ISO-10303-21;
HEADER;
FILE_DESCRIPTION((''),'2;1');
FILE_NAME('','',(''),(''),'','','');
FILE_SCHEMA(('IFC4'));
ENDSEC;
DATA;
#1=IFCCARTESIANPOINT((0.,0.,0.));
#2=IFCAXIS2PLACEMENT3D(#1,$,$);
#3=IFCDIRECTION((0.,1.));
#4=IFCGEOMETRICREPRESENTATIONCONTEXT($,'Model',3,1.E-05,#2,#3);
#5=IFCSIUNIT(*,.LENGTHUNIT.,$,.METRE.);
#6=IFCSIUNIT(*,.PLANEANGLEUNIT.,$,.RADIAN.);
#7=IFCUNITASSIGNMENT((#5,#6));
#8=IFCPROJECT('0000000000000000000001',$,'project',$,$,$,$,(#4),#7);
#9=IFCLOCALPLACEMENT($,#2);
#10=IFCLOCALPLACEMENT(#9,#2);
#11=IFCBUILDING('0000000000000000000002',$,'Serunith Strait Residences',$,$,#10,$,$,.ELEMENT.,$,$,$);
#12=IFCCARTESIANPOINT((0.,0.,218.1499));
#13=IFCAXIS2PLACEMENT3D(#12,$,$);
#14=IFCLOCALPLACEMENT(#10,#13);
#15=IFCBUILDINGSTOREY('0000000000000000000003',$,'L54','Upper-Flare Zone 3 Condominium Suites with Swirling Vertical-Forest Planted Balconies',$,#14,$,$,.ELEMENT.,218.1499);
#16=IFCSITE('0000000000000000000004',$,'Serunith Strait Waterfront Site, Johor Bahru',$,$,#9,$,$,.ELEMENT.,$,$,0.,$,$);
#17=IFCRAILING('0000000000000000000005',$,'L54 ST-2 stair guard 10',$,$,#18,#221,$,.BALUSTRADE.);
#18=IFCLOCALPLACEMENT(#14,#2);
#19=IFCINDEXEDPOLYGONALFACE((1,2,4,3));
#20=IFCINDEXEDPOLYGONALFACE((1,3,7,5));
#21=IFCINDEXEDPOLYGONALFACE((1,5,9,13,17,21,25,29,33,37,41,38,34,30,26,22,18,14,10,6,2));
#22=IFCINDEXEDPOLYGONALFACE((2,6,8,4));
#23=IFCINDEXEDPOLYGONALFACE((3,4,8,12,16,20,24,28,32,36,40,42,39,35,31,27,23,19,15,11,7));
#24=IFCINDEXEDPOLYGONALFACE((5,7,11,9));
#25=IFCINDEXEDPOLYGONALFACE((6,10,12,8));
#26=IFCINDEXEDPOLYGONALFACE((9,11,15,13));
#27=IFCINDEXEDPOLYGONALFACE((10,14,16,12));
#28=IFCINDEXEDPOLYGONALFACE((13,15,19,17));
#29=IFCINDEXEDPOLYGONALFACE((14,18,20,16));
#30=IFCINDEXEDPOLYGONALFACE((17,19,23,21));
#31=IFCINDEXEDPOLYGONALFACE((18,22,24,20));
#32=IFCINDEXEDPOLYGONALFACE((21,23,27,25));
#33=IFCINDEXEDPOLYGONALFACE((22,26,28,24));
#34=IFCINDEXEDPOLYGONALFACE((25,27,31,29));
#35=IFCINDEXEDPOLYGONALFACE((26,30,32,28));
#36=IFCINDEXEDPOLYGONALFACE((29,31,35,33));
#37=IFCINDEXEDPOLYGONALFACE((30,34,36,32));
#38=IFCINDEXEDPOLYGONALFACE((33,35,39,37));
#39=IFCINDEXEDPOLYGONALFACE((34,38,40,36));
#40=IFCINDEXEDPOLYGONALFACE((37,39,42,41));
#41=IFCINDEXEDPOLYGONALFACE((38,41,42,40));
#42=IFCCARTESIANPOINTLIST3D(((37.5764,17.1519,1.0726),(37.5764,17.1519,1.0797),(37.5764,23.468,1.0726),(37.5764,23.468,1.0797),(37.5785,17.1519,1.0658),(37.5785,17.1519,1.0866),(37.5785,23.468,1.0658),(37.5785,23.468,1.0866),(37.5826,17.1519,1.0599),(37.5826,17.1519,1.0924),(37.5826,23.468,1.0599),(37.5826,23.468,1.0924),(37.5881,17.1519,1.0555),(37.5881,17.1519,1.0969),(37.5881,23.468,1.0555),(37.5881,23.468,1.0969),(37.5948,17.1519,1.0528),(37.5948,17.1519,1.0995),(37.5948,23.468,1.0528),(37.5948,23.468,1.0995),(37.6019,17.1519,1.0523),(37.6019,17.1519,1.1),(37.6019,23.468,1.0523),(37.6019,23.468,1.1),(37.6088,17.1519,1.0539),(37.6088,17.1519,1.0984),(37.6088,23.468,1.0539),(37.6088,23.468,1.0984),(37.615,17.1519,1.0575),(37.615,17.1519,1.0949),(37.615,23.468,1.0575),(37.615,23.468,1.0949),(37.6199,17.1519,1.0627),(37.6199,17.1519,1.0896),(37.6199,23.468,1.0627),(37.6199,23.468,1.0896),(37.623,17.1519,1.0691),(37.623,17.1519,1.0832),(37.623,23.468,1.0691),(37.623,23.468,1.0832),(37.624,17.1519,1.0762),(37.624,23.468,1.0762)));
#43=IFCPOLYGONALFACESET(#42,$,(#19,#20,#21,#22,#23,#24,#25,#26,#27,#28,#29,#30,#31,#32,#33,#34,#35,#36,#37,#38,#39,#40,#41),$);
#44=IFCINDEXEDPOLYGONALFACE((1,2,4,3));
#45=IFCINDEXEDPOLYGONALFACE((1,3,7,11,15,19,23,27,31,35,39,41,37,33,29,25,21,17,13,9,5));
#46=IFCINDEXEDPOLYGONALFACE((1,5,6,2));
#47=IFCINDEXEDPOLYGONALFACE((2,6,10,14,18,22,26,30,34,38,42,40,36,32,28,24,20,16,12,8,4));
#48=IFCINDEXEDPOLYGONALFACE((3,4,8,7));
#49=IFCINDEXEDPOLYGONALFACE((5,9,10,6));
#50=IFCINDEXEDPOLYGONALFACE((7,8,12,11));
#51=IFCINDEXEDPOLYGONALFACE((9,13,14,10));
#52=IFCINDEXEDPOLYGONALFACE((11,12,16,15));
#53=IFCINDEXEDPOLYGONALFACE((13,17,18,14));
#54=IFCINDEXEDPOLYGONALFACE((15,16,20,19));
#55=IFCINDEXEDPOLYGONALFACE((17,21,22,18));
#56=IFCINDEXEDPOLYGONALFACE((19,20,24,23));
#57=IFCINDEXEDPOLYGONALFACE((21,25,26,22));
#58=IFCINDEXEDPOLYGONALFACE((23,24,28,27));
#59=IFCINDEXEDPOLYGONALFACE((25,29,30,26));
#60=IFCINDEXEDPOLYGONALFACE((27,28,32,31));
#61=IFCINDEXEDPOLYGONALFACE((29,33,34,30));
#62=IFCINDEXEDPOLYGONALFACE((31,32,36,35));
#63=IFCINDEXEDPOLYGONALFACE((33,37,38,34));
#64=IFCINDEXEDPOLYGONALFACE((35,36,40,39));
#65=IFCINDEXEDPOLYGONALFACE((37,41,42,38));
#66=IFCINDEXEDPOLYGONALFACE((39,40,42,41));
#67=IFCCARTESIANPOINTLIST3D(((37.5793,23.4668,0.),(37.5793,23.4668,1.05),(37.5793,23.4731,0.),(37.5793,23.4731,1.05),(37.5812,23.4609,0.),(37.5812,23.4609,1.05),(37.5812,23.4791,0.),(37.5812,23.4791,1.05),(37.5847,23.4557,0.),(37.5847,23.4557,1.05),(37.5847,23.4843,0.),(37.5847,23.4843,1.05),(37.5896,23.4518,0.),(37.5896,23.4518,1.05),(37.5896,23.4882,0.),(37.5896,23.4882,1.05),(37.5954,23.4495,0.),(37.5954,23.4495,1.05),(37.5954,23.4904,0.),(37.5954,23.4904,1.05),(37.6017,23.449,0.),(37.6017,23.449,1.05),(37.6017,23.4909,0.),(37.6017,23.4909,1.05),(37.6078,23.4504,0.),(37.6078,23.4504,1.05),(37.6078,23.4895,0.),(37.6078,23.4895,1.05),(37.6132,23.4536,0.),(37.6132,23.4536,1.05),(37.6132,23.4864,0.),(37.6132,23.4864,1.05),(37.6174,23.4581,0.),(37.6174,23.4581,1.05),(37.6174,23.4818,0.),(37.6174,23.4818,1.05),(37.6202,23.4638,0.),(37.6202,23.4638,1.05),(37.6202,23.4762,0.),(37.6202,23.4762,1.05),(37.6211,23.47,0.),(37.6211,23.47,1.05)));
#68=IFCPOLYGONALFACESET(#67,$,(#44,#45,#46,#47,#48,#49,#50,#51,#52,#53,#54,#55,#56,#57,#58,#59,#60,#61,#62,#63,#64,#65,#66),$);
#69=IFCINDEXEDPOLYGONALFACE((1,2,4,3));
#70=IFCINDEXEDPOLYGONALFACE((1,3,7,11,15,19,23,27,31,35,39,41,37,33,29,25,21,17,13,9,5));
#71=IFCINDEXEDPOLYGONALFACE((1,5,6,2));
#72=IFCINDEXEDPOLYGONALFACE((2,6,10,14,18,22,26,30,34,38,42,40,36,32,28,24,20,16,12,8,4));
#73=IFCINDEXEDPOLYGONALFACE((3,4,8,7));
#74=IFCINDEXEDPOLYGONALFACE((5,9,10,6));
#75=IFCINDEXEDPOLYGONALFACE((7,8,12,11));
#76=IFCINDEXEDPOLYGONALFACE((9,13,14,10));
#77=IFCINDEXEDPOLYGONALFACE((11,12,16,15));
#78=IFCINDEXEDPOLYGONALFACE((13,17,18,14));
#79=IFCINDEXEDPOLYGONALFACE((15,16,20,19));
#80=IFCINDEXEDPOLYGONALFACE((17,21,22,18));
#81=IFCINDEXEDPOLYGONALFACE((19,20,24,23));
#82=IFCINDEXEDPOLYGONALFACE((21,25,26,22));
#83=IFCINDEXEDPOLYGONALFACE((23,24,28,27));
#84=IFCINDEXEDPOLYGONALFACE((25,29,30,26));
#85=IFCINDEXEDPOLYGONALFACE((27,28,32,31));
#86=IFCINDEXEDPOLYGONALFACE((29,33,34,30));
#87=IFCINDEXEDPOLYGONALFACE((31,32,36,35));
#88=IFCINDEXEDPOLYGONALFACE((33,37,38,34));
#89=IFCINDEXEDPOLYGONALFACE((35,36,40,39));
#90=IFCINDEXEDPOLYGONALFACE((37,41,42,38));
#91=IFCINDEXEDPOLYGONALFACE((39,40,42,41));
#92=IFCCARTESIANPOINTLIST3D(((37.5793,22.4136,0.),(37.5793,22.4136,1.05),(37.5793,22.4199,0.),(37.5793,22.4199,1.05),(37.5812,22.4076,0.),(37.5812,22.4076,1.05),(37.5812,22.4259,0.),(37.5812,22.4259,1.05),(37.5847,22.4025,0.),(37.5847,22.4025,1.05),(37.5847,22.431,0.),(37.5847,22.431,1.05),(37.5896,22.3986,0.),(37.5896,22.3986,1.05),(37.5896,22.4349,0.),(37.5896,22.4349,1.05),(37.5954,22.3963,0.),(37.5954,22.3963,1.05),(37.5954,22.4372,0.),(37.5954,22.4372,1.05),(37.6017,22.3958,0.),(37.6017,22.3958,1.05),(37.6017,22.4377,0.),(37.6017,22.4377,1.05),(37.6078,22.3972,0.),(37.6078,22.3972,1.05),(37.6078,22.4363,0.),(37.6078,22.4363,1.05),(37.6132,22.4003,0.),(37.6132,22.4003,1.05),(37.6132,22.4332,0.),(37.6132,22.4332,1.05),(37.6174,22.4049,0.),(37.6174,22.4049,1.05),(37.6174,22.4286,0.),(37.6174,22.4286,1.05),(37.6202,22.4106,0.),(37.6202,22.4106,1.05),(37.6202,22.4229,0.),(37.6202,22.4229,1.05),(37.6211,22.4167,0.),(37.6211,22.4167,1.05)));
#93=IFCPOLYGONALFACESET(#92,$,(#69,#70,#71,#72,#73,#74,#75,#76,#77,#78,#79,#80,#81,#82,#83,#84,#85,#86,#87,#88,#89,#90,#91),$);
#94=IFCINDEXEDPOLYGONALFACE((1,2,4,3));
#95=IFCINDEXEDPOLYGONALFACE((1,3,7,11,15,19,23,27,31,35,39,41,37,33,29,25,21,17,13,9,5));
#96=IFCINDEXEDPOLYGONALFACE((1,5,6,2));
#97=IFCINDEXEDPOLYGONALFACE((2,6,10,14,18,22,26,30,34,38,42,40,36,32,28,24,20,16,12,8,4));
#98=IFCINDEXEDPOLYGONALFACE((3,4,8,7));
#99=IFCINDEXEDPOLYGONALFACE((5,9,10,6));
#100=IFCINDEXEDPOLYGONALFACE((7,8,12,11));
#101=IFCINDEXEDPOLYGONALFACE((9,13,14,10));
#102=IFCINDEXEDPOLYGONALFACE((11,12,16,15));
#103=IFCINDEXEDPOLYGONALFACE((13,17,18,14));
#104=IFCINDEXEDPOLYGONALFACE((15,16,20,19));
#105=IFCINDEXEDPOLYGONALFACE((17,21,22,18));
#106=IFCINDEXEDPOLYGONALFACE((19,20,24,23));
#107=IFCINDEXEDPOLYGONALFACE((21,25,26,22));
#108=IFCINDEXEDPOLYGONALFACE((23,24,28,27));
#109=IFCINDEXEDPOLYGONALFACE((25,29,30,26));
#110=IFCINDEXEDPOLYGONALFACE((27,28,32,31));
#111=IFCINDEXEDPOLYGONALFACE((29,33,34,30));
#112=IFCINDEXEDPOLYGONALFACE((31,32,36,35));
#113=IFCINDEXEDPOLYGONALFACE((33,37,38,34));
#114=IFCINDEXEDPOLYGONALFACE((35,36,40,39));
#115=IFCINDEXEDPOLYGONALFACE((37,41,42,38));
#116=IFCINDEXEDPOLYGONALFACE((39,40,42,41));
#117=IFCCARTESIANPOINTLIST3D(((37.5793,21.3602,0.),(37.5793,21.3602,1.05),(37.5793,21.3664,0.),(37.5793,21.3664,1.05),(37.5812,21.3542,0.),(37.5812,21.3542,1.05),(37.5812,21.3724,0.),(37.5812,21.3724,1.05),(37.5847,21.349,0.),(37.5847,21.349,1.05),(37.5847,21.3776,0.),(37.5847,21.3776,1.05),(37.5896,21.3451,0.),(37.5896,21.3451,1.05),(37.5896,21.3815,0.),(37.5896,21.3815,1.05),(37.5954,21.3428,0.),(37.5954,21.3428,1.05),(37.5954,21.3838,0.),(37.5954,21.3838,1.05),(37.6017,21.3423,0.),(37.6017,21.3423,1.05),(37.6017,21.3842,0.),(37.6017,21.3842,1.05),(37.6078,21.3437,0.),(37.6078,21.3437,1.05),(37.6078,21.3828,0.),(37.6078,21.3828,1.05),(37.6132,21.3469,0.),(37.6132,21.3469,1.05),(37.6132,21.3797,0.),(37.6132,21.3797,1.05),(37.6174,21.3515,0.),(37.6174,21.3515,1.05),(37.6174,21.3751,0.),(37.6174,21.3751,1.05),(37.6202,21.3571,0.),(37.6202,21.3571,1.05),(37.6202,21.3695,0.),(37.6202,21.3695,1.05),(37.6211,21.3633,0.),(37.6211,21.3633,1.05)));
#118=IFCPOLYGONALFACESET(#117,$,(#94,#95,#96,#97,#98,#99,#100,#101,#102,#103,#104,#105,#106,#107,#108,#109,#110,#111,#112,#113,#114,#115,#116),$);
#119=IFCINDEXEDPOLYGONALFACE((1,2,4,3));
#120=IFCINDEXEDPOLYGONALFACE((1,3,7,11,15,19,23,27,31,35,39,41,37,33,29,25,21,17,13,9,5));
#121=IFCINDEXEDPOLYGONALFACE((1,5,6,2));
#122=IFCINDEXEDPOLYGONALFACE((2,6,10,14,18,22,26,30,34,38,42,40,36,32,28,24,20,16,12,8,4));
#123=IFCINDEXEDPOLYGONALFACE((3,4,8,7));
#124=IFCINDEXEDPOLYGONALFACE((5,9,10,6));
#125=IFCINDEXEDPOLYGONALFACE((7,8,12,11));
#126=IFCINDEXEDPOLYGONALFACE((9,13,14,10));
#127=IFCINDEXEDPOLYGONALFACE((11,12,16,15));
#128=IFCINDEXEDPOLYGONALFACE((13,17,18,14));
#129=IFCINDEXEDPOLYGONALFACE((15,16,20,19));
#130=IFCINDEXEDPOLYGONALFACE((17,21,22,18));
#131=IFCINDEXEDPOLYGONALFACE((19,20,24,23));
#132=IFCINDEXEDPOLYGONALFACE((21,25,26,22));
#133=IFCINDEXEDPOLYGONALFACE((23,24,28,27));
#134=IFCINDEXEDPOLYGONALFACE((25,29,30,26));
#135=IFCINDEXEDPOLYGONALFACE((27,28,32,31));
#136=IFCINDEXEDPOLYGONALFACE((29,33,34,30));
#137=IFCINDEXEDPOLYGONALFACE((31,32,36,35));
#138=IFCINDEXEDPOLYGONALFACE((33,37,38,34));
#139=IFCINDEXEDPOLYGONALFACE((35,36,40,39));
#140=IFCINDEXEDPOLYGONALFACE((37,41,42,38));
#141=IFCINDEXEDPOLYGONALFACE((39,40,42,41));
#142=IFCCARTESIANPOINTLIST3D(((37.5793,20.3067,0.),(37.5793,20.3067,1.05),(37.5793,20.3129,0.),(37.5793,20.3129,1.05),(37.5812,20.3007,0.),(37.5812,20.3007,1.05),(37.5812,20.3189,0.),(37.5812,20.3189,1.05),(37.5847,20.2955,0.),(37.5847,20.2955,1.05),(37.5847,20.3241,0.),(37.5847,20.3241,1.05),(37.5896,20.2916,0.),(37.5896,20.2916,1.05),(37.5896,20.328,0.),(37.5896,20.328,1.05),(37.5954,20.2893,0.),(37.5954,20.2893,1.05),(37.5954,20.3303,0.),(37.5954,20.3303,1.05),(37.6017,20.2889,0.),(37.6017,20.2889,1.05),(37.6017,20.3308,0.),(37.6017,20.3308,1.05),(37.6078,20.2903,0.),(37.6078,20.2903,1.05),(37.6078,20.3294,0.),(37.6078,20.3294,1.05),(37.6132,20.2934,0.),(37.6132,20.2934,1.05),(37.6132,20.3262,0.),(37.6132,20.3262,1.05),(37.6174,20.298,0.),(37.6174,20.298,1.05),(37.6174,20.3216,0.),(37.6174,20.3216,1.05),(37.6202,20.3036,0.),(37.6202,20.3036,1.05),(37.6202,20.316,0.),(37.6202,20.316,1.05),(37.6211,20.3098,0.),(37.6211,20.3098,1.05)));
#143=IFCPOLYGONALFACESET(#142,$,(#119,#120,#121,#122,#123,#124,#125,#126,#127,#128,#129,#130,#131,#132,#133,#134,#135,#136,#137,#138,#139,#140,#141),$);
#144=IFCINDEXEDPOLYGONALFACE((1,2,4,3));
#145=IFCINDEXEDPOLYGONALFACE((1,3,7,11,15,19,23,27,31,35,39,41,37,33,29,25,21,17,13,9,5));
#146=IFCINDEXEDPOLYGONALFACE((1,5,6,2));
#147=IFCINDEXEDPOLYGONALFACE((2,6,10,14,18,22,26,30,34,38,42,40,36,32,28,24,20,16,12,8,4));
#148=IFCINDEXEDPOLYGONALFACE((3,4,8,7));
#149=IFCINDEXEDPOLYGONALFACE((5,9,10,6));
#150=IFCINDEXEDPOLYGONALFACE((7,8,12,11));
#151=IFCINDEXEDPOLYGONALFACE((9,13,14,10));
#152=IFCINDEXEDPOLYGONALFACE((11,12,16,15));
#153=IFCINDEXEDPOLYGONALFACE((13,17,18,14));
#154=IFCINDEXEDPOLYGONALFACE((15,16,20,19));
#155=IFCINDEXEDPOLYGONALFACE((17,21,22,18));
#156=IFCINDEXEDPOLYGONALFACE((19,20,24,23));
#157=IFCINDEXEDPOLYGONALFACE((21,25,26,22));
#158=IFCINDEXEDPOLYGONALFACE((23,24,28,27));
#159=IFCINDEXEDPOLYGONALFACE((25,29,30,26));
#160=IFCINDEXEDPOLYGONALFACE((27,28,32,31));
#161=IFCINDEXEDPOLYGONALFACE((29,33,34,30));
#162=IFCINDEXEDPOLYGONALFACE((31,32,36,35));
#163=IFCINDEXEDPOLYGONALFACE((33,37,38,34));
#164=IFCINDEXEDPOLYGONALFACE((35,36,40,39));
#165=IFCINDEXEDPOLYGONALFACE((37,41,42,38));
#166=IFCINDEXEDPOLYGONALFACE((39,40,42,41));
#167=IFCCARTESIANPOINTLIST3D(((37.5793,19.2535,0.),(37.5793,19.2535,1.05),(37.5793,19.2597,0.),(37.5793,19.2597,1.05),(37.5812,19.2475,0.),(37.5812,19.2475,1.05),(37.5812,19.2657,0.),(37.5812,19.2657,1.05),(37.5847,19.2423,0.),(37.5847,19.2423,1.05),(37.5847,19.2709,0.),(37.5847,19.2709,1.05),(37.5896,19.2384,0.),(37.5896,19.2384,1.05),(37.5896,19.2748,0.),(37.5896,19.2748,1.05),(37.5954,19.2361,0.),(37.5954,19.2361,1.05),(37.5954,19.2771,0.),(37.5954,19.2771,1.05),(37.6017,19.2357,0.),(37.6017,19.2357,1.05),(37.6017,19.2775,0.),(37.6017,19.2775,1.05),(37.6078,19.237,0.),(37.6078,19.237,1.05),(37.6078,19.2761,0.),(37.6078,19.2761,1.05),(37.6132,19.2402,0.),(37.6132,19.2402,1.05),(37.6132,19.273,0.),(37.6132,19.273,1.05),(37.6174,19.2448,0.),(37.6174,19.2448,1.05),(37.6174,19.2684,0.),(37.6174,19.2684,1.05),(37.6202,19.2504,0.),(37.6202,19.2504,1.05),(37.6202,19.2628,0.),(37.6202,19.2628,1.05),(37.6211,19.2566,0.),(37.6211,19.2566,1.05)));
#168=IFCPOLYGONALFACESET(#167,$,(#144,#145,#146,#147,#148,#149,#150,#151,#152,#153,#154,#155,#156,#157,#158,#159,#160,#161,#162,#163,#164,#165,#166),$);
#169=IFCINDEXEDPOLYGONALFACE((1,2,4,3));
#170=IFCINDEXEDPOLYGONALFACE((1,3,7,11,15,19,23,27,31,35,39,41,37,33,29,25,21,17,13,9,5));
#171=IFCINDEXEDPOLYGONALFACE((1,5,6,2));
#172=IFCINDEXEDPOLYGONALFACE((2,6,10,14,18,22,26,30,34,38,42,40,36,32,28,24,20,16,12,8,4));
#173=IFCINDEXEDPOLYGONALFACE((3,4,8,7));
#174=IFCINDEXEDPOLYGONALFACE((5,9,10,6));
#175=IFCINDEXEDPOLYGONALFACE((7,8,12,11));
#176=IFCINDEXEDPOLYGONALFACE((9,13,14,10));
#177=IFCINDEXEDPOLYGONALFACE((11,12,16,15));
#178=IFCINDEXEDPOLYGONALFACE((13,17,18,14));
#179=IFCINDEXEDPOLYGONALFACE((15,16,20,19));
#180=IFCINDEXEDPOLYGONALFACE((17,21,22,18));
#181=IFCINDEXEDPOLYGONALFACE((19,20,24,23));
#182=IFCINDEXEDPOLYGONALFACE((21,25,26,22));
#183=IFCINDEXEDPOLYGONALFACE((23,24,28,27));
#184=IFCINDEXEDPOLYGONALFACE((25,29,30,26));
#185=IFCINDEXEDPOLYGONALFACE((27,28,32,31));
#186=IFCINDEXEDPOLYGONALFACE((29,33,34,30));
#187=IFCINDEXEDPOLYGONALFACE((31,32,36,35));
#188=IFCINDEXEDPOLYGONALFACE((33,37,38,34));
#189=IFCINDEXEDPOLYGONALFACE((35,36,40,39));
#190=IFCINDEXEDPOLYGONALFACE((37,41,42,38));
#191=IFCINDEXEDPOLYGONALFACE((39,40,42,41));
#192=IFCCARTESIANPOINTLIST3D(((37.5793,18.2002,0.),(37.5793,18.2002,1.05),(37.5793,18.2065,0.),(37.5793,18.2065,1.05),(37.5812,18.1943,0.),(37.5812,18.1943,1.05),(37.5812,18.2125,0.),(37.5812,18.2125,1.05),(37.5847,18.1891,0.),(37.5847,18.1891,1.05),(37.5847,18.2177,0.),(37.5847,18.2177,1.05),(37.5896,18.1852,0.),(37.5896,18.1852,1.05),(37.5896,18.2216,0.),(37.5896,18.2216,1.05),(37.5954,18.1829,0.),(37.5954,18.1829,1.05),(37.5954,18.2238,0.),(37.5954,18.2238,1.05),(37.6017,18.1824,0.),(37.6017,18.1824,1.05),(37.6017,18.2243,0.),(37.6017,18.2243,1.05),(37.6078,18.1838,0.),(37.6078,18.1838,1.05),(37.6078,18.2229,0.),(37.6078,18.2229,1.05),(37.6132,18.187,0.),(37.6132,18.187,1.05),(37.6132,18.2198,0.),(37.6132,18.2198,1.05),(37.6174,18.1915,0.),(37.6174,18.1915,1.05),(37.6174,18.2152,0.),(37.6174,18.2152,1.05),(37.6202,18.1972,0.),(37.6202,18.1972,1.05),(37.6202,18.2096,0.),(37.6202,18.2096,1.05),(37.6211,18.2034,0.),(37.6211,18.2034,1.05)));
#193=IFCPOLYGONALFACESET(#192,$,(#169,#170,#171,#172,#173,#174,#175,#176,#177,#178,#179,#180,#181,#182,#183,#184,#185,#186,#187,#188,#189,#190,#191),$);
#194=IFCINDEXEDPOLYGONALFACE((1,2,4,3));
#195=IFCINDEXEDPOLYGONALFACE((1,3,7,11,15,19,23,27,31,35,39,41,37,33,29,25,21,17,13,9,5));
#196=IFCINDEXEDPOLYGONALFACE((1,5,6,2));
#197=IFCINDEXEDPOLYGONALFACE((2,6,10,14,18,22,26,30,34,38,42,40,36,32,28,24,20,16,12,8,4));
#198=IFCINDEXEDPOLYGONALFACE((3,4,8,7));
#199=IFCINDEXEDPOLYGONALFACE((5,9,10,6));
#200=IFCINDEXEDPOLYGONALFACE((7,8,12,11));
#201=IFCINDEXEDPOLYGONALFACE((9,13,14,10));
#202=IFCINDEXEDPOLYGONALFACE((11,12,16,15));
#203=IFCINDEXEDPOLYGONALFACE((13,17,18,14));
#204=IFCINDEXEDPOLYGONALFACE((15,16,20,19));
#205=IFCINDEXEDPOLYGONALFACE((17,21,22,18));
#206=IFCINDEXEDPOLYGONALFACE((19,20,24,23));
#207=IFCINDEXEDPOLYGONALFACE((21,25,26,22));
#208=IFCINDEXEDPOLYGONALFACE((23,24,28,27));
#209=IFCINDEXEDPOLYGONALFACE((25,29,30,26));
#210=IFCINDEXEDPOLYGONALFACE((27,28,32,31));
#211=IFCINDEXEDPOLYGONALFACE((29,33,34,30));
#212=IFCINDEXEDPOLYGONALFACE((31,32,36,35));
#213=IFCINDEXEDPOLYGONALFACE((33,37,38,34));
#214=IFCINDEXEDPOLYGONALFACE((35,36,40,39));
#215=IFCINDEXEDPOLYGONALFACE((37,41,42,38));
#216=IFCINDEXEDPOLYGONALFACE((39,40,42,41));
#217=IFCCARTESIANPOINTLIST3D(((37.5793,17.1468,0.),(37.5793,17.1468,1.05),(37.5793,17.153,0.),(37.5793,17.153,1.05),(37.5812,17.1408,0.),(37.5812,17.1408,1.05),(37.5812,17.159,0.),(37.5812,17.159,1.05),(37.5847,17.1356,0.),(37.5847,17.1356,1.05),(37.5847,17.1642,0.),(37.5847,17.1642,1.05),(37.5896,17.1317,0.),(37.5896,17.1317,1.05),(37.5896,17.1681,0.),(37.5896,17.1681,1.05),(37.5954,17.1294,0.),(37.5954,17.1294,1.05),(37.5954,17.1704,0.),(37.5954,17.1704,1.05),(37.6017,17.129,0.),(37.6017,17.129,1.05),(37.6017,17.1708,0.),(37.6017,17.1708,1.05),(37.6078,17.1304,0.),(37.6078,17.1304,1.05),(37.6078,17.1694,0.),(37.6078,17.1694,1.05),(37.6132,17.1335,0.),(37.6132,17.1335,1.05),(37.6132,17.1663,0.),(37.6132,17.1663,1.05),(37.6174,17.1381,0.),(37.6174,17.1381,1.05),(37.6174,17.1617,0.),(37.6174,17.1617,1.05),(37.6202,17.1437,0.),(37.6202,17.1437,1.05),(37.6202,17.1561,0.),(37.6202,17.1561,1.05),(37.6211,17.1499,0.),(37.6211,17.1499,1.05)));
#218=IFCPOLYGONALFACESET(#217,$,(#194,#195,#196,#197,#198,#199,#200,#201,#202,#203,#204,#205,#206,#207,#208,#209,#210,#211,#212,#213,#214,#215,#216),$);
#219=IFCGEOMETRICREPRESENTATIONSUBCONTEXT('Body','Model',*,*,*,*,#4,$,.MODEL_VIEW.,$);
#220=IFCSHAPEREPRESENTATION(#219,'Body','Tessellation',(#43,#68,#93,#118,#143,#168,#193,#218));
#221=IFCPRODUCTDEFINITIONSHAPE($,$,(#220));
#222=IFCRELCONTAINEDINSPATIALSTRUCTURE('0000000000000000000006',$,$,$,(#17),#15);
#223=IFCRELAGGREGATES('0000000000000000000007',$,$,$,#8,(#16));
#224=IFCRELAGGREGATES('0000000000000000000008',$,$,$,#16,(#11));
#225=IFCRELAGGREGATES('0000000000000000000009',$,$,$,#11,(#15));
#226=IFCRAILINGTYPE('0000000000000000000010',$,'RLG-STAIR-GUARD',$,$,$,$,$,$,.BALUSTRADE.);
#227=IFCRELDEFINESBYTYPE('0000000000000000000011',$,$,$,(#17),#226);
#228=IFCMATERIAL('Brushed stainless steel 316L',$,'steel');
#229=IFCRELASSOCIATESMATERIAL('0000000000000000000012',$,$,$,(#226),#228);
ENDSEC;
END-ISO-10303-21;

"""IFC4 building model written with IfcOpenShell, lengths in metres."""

from ifc_helpers import new_model, si_unit, direction, frame, origin, origin_2d, place, context, subcontext, project, spatial, circle, extrude, material, type_object, element, save


model = new_model("IFC4")

# Units and contexts
model_context = context("Model", 3, precision=1e-05, world=origin(), true_north=direction((0.0, 1.0)))
body_context = subcontext(model_context, "Body", "Model", "MODEL_VIEW")
ifc_project = project(units=[si_unit("LENGTHUNIT", "METRE"), si_unit("PLANEANGLEUNIT", "RADIAN")], contexts=[model_context])

# Site, building, storey
site_placement = place(None, origin())
site = spatial("IfcSite", under=ifc_project, at=site_placement, Name="Serunith Strait Waterfront Site, Johor Bahru", CompositionType="ELEMENT", RefElevation=0.0)
building_placement = place(site_placement, origin())
building = spatial("IfcBuilding", under=site, at=building_placement, Name="Serunith Strait Residences", CompositionType="ELEMENT")
storey_placement = place(building_placement, frame((0.0, 0.0, 218.1499)))
storey = spatial("IfcBuildingStorey", under=building, at=storey_placement, Name="L54", Description="Upper-Flare Zone 3 Condominium Suites with Swirling Vertical-Forest Planted Balconies", CompositionType="ELEMENT", Elevation=218.1499)

# Railing
ifc_material_1 = material(Name="Brushed stainless steel 316L", Category="steel")
railing_type = type_object("IfcRailingType", Name="RLG-STAIR-GUARD", PredefinedType="BALUSTRADE", material=ifc_material_1)
railing_1_placement = place(storey_placement, frame((37.6001, 23.47, 0.0)))
element("IfcRailing", 1, at=railing_1_placement, inside=storey, type_object=railing_type, Name="L54 ST-2 stair guard 10", PredefinedType="BALUSTRADE", context=body_context, shape_type="SweptSolid", body=[
    extrude(circle(Radius=0.0239, at=origin_2d()), frame((0.0, -0.002, 1.0762), z_axis=(0.0, -1.0, 0.0), x_axis=(1.0, 0.0, 0.0)), (0.0, 0.0, 1.0), 6.3162),
    extrude(circle(Radius=0.021, at=origin_2d()), origin(), (0.0, 0.0, 1.0), 1.05),
    extrude(circle(Radius=0.021, at=origin_2d()), frame((0.0, -1.0532, 0.0)), (0.0, 0.0, 1.0), 1.05),
    extrude(circle(Radius=0.021, at=origin_2d()), frame((0.0, -2.1067, 0.0)), (0.0, 0.0, 1.0), 1.05),
    extrude(circle(Radius=0.021, at=origin_2d()), frame((0.0, -3.1602, 0.0)), (0.0, 0.0, 1.0), 1.05),
    extrude(circle(Radius=0.021, at=origin_2d()), frame((0.0, -4.2134, 0.0)), (0.0, 0.0, 1.0), 1.05),
    extrude(circle(Radius=0.021, at=origin_2d()), frame((0.0, -5.2666, 0.0)), (0.0, 0.0, 1.0), 1.05),
    extrude(circle(Radius=0.021, at=origin_2d()), frame((0.0, -6.3201, 0.0)), (0.0, 0.0, 1.0), 1.05),
])

save(model, "model.ifc")
